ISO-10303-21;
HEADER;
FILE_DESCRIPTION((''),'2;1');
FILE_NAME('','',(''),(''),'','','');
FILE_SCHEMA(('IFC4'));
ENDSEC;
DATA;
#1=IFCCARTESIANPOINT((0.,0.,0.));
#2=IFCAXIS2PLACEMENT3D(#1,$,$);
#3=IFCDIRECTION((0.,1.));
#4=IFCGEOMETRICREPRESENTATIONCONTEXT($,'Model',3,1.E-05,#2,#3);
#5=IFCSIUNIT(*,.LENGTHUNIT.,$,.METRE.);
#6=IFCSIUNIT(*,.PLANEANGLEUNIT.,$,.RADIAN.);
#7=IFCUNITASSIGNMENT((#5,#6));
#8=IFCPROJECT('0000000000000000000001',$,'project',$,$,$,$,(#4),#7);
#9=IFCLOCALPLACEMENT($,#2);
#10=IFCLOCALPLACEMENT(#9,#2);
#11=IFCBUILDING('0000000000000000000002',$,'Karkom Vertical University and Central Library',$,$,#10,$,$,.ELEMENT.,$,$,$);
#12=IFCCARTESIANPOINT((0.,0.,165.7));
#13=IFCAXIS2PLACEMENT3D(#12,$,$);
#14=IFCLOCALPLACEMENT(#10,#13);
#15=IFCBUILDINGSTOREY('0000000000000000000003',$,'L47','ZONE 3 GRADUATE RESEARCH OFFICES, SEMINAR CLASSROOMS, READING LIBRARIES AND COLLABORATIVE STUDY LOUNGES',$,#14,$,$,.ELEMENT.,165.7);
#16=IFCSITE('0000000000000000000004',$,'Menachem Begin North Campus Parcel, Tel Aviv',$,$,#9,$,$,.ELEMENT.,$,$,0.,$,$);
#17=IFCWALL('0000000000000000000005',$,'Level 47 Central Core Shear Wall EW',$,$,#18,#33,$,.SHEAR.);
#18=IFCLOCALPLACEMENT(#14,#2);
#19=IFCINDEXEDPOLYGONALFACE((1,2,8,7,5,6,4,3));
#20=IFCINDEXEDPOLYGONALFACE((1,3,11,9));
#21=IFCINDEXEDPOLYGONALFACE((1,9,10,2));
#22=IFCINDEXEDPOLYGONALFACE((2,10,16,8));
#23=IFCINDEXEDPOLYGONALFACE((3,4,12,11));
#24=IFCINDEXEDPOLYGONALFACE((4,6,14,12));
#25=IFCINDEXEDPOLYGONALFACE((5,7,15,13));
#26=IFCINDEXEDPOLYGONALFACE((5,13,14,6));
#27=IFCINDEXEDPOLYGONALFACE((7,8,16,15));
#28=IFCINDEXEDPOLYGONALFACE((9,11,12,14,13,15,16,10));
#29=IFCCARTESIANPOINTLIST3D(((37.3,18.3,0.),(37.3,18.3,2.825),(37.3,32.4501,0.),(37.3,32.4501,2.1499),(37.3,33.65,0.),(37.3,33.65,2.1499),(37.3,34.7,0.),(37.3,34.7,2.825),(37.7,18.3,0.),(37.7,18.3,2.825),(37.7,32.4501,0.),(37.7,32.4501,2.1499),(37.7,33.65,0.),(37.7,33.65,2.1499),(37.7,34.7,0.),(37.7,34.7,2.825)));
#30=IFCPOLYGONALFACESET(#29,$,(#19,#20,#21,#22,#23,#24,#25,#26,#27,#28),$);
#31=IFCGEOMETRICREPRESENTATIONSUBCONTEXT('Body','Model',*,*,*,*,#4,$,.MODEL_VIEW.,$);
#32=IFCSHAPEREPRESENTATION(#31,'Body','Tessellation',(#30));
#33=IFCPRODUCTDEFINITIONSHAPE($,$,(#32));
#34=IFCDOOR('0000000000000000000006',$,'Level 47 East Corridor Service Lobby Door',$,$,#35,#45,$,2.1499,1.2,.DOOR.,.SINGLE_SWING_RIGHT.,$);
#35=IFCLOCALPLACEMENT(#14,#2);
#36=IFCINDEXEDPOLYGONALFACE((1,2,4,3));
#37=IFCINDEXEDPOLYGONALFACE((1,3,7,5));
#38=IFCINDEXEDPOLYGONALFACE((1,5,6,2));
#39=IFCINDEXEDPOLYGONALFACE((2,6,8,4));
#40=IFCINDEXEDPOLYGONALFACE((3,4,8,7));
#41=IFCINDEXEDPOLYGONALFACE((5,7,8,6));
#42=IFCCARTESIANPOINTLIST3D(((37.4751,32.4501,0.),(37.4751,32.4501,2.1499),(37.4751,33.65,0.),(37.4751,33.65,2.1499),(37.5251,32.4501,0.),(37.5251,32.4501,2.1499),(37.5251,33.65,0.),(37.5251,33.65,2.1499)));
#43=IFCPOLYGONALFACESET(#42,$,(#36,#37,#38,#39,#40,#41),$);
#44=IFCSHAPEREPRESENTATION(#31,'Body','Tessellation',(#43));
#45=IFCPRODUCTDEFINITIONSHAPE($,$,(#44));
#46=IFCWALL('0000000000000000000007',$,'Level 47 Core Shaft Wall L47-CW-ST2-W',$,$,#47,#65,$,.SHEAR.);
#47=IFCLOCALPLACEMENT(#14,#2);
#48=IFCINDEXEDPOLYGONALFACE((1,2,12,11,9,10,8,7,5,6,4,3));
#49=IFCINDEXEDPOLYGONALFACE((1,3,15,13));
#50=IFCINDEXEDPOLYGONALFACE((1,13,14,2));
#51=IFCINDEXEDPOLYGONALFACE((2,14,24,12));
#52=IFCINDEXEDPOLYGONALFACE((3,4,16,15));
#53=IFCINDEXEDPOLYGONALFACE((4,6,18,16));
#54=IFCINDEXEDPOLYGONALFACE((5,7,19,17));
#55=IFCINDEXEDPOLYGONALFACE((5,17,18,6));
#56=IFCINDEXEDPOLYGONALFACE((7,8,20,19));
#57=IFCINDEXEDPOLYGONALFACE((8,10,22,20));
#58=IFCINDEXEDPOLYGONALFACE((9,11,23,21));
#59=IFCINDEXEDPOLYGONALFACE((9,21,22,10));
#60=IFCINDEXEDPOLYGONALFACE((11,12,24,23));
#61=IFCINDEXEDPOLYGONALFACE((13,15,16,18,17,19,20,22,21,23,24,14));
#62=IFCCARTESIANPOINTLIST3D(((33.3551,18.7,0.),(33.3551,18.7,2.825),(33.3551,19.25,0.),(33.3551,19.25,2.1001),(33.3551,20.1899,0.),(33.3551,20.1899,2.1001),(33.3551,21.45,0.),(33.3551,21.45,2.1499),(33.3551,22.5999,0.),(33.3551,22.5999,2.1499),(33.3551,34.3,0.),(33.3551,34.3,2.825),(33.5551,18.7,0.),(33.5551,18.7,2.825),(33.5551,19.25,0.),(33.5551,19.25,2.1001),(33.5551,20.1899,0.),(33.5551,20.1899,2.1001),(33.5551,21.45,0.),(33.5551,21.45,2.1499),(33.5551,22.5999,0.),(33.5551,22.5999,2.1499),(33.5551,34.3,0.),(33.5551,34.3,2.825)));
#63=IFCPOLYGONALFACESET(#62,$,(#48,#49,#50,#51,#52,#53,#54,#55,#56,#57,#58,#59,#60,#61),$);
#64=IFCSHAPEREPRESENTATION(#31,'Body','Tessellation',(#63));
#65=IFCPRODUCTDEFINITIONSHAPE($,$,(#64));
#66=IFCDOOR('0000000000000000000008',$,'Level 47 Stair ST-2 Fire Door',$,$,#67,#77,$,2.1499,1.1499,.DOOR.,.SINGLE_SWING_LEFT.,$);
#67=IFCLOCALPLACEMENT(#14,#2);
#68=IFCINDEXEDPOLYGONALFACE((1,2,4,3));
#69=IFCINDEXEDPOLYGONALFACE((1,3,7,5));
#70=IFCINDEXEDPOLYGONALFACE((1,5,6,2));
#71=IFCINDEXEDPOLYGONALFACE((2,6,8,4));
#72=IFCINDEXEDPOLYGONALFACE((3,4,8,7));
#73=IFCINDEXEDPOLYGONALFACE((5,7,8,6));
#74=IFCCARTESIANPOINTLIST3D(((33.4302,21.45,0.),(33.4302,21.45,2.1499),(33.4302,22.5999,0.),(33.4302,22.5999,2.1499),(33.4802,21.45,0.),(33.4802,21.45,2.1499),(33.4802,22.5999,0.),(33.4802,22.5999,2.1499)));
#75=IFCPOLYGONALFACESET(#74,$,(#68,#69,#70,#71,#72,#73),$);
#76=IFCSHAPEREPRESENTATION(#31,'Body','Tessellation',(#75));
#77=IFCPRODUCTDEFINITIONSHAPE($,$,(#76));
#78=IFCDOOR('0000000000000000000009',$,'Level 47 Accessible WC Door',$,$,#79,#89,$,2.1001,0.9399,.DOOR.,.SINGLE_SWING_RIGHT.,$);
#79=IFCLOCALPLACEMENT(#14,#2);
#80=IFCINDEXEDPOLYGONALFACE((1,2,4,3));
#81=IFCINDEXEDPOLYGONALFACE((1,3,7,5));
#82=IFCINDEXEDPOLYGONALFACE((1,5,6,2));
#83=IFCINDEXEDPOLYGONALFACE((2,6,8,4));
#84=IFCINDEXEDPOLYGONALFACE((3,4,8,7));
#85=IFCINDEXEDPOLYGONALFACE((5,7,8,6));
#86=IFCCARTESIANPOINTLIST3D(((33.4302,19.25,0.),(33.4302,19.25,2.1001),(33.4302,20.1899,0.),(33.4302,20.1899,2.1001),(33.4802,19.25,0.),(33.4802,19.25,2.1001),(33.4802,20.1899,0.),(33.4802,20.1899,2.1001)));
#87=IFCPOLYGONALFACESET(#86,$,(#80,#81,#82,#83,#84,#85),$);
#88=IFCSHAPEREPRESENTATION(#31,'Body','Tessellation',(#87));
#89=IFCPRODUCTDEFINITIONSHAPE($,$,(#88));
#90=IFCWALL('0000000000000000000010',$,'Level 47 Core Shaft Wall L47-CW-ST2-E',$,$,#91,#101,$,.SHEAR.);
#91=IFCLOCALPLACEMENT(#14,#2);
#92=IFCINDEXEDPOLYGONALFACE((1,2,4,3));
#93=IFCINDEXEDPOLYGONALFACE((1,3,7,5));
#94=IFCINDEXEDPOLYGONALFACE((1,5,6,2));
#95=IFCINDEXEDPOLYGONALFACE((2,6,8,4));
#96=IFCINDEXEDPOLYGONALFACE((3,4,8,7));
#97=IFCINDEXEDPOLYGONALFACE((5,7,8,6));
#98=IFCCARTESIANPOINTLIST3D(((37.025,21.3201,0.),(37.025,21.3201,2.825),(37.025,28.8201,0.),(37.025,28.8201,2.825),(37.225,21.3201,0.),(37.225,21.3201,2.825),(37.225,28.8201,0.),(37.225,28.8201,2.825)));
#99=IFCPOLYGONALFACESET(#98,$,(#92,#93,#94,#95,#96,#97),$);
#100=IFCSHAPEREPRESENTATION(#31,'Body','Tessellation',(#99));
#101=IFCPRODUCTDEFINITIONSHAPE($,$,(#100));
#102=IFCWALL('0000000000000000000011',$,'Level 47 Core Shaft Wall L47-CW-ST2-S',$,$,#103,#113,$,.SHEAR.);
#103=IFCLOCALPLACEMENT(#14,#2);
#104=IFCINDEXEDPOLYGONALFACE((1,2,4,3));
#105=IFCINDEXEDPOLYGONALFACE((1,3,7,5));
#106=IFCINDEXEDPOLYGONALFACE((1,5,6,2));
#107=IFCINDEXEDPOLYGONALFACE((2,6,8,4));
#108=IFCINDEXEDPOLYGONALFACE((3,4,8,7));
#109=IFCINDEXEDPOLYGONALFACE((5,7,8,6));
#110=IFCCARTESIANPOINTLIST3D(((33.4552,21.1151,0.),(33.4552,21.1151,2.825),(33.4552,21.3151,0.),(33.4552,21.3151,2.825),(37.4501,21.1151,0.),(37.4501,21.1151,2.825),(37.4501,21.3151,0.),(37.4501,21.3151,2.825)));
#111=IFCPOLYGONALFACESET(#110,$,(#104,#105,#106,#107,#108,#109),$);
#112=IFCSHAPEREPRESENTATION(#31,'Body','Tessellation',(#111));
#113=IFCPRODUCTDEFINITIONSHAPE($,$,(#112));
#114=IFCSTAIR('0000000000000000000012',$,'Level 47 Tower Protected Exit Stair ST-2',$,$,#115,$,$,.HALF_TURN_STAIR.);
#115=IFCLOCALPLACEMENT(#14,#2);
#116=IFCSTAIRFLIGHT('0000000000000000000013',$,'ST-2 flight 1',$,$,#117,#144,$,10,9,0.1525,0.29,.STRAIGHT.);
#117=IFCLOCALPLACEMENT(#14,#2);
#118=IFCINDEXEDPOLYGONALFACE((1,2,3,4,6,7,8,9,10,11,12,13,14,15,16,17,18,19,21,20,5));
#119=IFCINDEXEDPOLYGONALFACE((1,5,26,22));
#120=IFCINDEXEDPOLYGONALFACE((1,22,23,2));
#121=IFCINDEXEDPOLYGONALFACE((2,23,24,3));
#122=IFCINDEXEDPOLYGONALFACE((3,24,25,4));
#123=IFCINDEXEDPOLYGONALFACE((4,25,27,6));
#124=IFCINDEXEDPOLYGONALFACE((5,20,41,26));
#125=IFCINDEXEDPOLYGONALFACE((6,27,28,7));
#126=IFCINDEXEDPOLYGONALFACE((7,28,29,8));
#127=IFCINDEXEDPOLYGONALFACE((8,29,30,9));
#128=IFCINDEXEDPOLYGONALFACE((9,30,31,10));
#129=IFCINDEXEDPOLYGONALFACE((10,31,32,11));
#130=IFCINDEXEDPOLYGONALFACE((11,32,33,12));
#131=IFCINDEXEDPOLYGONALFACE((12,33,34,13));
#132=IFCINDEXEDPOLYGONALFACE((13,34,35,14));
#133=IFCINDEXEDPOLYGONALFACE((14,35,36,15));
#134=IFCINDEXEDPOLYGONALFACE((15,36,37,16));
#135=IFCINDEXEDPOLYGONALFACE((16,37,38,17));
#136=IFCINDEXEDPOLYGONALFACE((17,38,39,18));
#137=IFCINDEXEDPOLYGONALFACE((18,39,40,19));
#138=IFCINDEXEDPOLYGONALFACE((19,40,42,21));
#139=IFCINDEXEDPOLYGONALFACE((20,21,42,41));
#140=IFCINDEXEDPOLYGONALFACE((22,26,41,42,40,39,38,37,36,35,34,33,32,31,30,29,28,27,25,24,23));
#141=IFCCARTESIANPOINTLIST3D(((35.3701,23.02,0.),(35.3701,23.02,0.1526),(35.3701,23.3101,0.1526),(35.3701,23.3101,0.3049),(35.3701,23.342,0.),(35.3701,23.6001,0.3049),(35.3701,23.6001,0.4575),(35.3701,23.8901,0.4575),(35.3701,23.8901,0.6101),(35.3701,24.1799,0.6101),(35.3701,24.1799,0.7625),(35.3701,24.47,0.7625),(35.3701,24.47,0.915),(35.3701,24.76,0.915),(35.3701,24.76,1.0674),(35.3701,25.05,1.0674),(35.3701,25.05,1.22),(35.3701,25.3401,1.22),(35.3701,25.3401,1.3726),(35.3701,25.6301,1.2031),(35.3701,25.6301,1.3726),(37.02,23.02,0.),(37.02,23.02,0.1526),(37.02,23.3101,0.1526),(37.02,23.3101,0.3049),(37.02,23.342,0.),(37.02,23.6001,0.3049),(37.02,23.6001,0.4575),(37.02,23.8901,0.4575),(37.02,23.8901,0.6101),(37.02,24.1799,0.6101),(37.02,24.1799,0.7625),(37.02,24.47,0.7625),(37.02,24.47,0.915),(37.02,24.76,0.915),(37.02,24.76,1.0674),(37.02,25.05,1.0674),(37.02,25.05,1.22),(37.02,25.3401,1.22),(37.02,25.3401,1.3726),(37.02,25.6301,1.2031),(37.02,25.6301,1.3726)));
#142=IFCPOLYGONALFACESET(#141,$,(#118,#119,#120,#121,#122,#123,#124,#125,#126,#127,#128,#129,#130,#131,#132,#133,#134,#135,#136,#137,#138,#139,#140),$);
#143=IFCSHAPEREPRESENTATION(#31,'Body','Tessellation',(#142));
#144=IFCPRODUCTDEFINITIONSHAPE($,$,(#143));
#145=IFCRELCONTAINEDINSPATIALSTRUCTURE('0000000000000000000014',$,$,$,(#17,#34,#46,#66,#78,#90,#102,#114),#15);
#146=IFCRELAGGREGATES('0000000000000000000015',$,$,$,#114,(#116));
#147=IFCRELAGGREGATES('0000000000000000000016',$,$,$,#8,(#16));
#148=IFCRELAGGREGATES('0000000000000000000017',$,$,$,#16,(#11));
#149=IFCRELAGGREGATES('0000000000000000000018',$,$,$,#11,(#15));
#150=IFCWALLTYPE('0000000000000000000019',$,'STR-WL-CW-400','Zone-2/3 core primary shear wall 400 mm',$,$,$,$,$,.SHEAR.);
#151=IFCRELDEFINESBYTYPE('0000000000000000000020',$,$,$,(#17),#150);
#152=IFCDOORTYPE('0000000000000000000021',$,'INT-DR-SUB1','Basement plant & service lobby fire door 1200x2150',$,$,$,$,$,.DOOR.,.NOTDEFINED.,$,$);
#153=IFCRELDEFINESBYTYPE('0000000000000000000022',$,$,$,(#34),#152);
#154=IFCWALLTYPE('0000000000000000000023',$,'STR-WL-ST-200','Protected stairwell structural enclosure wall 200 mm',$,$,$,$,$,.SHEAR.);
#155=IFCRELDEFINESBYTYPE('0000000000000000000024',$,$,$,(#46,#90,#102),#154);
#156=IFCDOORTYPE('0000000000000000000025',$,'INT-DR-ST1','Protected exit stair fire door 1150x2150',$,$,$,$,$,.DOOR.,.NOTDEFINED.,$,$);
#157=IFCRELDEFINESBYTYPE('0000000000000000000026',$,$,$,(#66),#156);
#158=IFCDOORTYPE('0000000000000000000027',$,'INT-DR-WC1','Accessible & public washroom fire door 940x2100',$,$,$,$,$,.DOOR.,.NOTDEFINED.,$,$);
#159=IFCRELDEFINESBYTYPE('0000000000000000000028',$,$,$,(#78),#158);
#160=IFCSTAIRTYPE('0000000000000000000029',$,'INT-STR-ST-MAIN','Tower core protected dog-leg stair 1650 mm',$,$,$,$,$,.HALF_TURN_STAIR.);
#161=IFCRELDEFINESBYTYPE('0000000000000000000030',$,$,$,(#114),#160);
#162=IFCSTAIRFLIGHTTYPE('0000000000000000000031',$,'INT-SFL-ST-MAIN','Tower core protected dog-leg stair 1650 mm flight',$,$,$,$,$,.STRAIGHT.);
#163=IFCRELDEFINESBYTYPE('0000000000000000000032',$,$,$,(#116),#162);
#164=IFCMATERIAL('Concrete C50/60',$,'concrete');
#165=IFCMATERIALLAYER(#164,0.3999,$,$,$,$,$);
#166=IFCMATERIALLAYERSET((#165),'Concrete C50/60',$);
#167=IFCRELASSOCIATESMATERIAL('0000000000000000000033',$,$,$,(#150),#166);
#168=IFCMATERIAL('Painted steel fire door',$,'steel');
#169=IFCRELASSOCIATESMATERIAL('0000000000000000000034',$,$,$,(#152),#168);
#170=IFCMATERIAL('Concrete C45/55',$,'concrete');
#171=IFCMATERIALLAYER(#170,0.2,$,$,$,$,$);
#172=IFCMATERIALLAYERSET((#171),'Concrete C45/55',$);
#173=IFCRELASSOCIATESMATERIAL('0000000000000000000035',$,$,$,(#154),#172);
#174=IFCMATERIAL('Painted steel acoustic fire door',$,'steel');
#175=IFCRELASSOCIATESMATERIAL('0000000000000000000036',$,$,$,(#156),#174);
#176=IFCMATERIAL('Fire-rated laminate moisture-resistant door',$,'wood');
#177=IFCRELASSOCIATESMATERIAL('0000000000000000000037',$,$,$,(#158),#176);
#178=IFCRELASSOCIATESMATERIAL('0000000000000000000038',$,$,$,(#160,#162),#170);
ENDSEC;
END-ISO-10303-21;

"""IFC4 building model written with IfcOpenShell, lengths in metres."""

from ifc_helpers import new_model, si_unit, direction, frame, frame_2d, origin, origin_with_axes, place, context, subcontext, project, spatial, polyline, rectangle, outline, extrude, source, transform, mapped, material, layer, layer_set, type_object, element, fill, aggregate, save


model = new_model("IFC4")

# Units and contexts
model_context = context("Model", 3, precision=1e-05, world=origin(), true_north=direction((0.0, 1.0)))
body_context = subcontext(model_context, "Body", "Model", "MODEL_VIEW")
ifc_project = project(units=[si_unit("LENGTHUNIT", "METRE"), si_unit("PLANEANGLEUNIT", "RADIAN")], contexts=[model_context])

# Site, building, storey
site_placement = place(None, origin())
site = spatial("IfcSite", under=ifc_project, at=site_placement, Name="Menachem Begin North Campus Parcel, Tel Aviv", CompositionType="ELEMENT", RefElevation=0.0)
building_placement = place(site_placement, origin())
building = spatial("IfcBuilding", under=site, at=building_placement, Name="Karkom Vertical University and Central Library", CompositionType="ELEMENT")
storey_placement = place(building_placement, frame((0.0, 0.0, 165.7)))
storey = spatial("IfcBuildingStorey", under=building, at=storey_placement, Name="L47", Description="ZONE 3 GRADUATE RESEARCH OFFICES, SEMINAR CLASSROOMS, READING LIBRARIES AND COLLABORATIVE STUDY LOUNGES", CompositionType="ELEMENT", Elevation=165.7)

# Shared definitions
ifc_material_1 = material(Name="Concrete C50/60", Category="concrete")

# Wall, opening, door
ifc_layer_1 = layer(ifc_material_1, 0.3999)
ifc_layer_set_1 = layer_set([ifc_layer_1], Name="Concrete C50/60")
wall_type_1 = type_object("IfcWallType", Name="STR-WL-CW-400", Description="Zone-2/3 core primary shear wall 400 mm", PredefinedType="SHEAR", material=ifc_layer_set_1)
wall_1_placement = place(storey_placement, frame((37.5, 18.3, 0.0), z_axis=(0.0, 0.0, 1.0), x_axis=(0.0, 1.0, 0.0)))
wall_1 = element("IfcWall", 1, at=wall_1_placement, inside=storey, type_object=wall_type_1, Name="Level 47 Central Core Shear Wall EW", PredefinedType="SHEAR", context=body_context, shape_type="SweptSolid", body=[
    extrude(rectangle(XDim=16.3999, YDim=0.3999, at=frame_2d((8.2, 0.0))), origin(), (0.0, 0.0, 1.0), 2.825),
])
opening_1_placement = place(wall_1_placement, frame((14.1499, 0.0, 0.0)))
opening_1 = element("IfcOpeningElement", 2, at=opening_1_placement, cuts=wall_1, PredefinedType="OPENING", context=body_context, shape_type="SweptSolid", body=[
    extrude(rectangle(XDim=1.2, YDim=2.1499, at=frame_2d((0.6001, 1.075))), frame((0.0, 0.21, 0.0), z_axis=(0.0, -1.0, 0.0), x_axis=(1.0, 0.0, 0.0)), (0.0, 0.0, 1.0), 0.4199),
])
ifc_material_2 = material(Name="Painted steel fire door", Category="steel")
door_type_1 = type_object("IfcDoorType", Name="INT-DR-SUB1", Description="Basement plant & service lobby fire door 1200x2150", OperationType="NOTDEFINED", PredefinedType="DOOR", material=ifc_material_2)
shared_shape_1 = source(origin_with_axes(), body_context, "Body", "SweptSolid", [
    extrude(rectangle(XDim=1.2, YDim=2.1499, at=frame_2d((0.6001, 1.075))), frame((0.0, 0.0249, 0.0), z_axis=(0.0, -1.0, 0.0), x_axis=(1.0, 0.0, 0.0)), (0.0, 0.0, 1.0), 0.05),
])
door_1_placement = place(opening_1_placement, origin())
door_1 = element("IfcDoor", 3, at=door_1_placement, inside=storey, type_object=door_type_1, Name="Level 47 East Corridor Service Lobby Door", OperationType="SINGLE_SWING_RIGHT", OverallHeight=2.1499, OverallWidth=1.2, PredefinedType="DOOR", context=body_context, shape_type="MappedRepresentation", body=[
    mapped(shared_shape_1, transform((0.0, 0.0, 0.0), scale=1.0)),
])
fill(opening_1, door_1)

# Wall, openings, doors
ifc_material_3 = material(Name="Concrete C45/55", Category="concrete")
ifc_layer_2 = layer(ifc_material_3, 0.2)
ifc_layer_set_2 = layer_set([ifc_layer_2], Name="Concrete C45/55")
wall_type_2 = type_object("IfcWallType", Name="STR-WL-ST-200", Description="Protected stairwell structural enclosure wall 200 mm", PredefinedType="SHEAR", material=ifc_layer_set_2)
wall_2_placement = place(storey_placement, frame((33.4551, 18.7, 0.0), z_axis=(0.0, 0.0, 1.0), x_axis=(0.0, 1.0, 0.0)))
wall_2 = element("IfcWall", 4, at=wall_2_placement, inside=storey, type_object=wall_type_2, Name="Level 47 Core Shaft Wall L47-CW-ST2-W", PredefinedType="SHEAR", context=body_context, shape_type="SweptSolid", body=[
    extrude(rectangle(XDim=15.6001, YDim=0.2, at=frame_2d((7.8, 0.0))), origin(), (0.0, 0.0, 1.0), 2.825),
])
opening_2_placement = place(wall_2_placement, frame((2.75, 0.0, 0.0)))
opening_2 = element("IfcOpeningElement", 5, at=opening_2_placement, cuts=wall_2, PredefinedType="OPENING", context=body_context, shape_type="SweptSolid", body=[
    extrude(rectangle(XDim=1.1499, YDim=2.1499, at=frame_2d((0.575, 1.075))), frame((0.0, 0.1099, 0.0), z_axis=(0.0, -1.0, 0.0), x_axis=(1.0, 0.0, 0.0)), (0.0, 0.0, 1.0), 0.22),
])
opening_3_placement = place(wall_2_placement, frame((0.55, 0.0, 0.0)))
opening_3 = element("IfcOpeningElement", 6, at=opening_3_placement, cuts=wall_2, PredefinedType="OPENING", context=body_context, shape_type="SweptSolid", body=[
    extrude(rectangle(XDim=0.9399, YDim=2.1001, at=frame_2d((0.47, 1.05))), frame((0.0, 0.1099, 0.0), z_axis=(0.0, -1.0, 0.0), x_axis=(1.0, 0.0, 0.0)), (0.0, 0.0, 1.0), 0.22),
])
ifc_material_4 = material(Name="Painted steel acoustic fire door", Category="steel")
door_type_2 = type_object("IfcDoorType", Name="INT-DR-ST1", Description="Protected exit stair fire door 1150x2150", OperationType="NOTDEFINED", PredefinedType="DOOR", material=ifc_material_4)
shared_shape_2 = source(origin_with_axes(), body_context, "Body", "SweptSolid", [
    extrude(rectangle(XDim=1.1499, YDim=2.1499, at=frame_2d((0.575, 1.075))), frame((0.0, 0.0249, 0.0), z_axis=(0.0, -1.0, 0.0), x_axis=(1.0, 0.0, 0.0)), (0.0, 0.0, 1.0), 0.05),
])
door_2_placement = place(opening_2_placement, origin())
door_2 = element("IfcDoor", 7, at=door_2_placement, inside=storey, type_object=door_type_2, Name="Level 47 Stair ST-2 Fire Door", OperationType="SINGLE_SWING_LEFT", OverallHeight=2.1499, OverallWidth=1.1499, PredefinedType="DOOR", context=body_context, shape_type="MappedRepresentation", body=[
    mapped(shared_shape_2, transform((0.0, 0.0, 0.0), scale=1.0)),
])
fill(opening_2, door_2)
ifc_material_5 = material(Name="Fire-rated laminate moisture-resistant door", Category="wood")
door_type_3 = type_object("IfcDoorType", Name="INT-DR-WC1", Description="Accessible & public washroom fire door 940x2100", OperationType="NOTDEFINED", PredefinedType="DOOR", material=ifc_material_5)
shared_shape_3 = source(origin_with_axes(), body_context, "Body", "SweptSolid", [
    extrude(rectangle(XDim=0.9399, YDim=2.1001, at=frame_2d((0.47, 1.05))), frame((0.0, 0.0249, 0.0), z_axis=(0.0, -1.0, 0.0), x_axis=(1.0, 0.0, 0.0)), (0.0, 0.0, 1.0), 0.05),
])
door_3_placement = place(opening_3_placement, origin())
door_3 = element("IfcDoor", 8, at=door_3_placement, inside=storey, type_object=door_type_3, Name="Level 47 Accessible WC Door", OperationType="SINGLE_SWING_RIGHT", OverallHeight=2.1001, OverallWidth=0.9399, PredefinedType="DOOR", context=body_context, shape_type="MappedRepresentation", body=[
    mapped(shared_shape_3, transform((0.0, 0.0, 0.0), scale=1.0)),
])
fill(opening_3, door_3)

# Walls
wall_3_placement = place(storey_placement, frame((37.125, 21.3201, 0.0), z_axis=(0.0, 0.0, 1.0), x_axis=(0.0, 1.0, 0.0)))
element("IfcWall", 9, at=wall_3_placement, inside=storey, type_object=wall_type_2, Name="Level 47 Core Shaft Wall L47-CW-ST2-E", PredefinedType="SHEAR", context=body_context, shape_type="SweptSolid", body=[
    extrude(rectangle(XDim=7.5, YDim=0.2, at=frame_2d((3.75, 0.0))), origin(), (0.0, 0.0, 1.0), 2.825),
])
wall_4_placement = place(storey_placement, frame((33.4551, 21.2151, 0.0), z_axis=(0.0, 0.0, 1.0), x_axis=(1.0, 0.0, 0.0)))
element("IfcWall", 10, at=wall_4_placement, inside=storey, type_object=wall_type_2, Name="Level 47 Core Shaft Wall L47-CW-ST2-S", PredefinedType="SHEAR", context=body_context, shape_type="SweptSolid", body=[
    extrude(rectangle(XDim=3.9949, YDim=0.2, at=frame_2d((1.9976, 0.0))), origin(), (0.0, 0.0, 1.0), 2.825),
])

# Stair, stair flight
stair_type = type_object("IfcStairType", Name="INT-STR-ST-MAIN", Description="Tower core protected dog-leg stair 1650 mm", PredefinedType="HALF_TURN_STAIR", material=ifc_material_3)
stair_placement = place(storey_placement, origin())
stair = element("IfcStair", 11, at=stair_placement, inside=storey, type_object=stair_type, Name="Level 47 Tower Protected Exit Stair ST-2", PredefinedType="HALF_TURN_STAIR")
stair_flight_type = type_object("IfcStairFlightType", Name="INT-SFL-ST-MAIN", Description="Tower core protected dog-leg stair 1650 mm flight", PredefinedType="STRAIGHT", material=ifc_material_3)
stair_flight_placement = place(storey_placement, frame((36.1951, 23.02, 0.0), z_axis=(0.0, 0.0, 1.0), x_axis=(0.0, 1.0, 0.0)))
stair_flight = element("IfcStairFlight", 12, at=stair_flight_placement, type_object=stair_flight_type, Name="ST-2 flight 1", NumberOfRisers=10, NumberOfTreads=9, PredefinedType="STRAIGHT", RiserHeight=0.1525, TreadLength=0.29, context=body_context, shape_type="SweptSolid", body=[
    extrude(outline(polyline([(0.0, 0.0), (0.0, 0.1526), (0.29, 0.1526), (0.29, 0.3049), (0.5801, 0.3049), (0.5801, 0.4575), (0.8701, 0.4575), (0.8701, 0.6101), (1.1599, 0.6101), (1.1599, 0.7625), (1.45, 0.7625), (1.45, 0.915), (1.74, 0.915), (1.74, 1.0674), (2.03, 1.0674), (2.03, 1.22), (2.3201, 1.22), (2.3201, 1.3726), (2.6101, 1.3726), (2.6101, 1.5249), (2.6101, 1.2031), (0.322, 0.0), (0.0, 0.0)])), frame((0.0, 0.825, 0.0), z_axis=(0.0, -1.0, 0.0), x_axis=(1.0, 0.0, 0.0)), (0.0, 0.0, 1.0), 1.6499),
])
aggregate(stair, [stair_flight])

save(model, "model.ifc")
